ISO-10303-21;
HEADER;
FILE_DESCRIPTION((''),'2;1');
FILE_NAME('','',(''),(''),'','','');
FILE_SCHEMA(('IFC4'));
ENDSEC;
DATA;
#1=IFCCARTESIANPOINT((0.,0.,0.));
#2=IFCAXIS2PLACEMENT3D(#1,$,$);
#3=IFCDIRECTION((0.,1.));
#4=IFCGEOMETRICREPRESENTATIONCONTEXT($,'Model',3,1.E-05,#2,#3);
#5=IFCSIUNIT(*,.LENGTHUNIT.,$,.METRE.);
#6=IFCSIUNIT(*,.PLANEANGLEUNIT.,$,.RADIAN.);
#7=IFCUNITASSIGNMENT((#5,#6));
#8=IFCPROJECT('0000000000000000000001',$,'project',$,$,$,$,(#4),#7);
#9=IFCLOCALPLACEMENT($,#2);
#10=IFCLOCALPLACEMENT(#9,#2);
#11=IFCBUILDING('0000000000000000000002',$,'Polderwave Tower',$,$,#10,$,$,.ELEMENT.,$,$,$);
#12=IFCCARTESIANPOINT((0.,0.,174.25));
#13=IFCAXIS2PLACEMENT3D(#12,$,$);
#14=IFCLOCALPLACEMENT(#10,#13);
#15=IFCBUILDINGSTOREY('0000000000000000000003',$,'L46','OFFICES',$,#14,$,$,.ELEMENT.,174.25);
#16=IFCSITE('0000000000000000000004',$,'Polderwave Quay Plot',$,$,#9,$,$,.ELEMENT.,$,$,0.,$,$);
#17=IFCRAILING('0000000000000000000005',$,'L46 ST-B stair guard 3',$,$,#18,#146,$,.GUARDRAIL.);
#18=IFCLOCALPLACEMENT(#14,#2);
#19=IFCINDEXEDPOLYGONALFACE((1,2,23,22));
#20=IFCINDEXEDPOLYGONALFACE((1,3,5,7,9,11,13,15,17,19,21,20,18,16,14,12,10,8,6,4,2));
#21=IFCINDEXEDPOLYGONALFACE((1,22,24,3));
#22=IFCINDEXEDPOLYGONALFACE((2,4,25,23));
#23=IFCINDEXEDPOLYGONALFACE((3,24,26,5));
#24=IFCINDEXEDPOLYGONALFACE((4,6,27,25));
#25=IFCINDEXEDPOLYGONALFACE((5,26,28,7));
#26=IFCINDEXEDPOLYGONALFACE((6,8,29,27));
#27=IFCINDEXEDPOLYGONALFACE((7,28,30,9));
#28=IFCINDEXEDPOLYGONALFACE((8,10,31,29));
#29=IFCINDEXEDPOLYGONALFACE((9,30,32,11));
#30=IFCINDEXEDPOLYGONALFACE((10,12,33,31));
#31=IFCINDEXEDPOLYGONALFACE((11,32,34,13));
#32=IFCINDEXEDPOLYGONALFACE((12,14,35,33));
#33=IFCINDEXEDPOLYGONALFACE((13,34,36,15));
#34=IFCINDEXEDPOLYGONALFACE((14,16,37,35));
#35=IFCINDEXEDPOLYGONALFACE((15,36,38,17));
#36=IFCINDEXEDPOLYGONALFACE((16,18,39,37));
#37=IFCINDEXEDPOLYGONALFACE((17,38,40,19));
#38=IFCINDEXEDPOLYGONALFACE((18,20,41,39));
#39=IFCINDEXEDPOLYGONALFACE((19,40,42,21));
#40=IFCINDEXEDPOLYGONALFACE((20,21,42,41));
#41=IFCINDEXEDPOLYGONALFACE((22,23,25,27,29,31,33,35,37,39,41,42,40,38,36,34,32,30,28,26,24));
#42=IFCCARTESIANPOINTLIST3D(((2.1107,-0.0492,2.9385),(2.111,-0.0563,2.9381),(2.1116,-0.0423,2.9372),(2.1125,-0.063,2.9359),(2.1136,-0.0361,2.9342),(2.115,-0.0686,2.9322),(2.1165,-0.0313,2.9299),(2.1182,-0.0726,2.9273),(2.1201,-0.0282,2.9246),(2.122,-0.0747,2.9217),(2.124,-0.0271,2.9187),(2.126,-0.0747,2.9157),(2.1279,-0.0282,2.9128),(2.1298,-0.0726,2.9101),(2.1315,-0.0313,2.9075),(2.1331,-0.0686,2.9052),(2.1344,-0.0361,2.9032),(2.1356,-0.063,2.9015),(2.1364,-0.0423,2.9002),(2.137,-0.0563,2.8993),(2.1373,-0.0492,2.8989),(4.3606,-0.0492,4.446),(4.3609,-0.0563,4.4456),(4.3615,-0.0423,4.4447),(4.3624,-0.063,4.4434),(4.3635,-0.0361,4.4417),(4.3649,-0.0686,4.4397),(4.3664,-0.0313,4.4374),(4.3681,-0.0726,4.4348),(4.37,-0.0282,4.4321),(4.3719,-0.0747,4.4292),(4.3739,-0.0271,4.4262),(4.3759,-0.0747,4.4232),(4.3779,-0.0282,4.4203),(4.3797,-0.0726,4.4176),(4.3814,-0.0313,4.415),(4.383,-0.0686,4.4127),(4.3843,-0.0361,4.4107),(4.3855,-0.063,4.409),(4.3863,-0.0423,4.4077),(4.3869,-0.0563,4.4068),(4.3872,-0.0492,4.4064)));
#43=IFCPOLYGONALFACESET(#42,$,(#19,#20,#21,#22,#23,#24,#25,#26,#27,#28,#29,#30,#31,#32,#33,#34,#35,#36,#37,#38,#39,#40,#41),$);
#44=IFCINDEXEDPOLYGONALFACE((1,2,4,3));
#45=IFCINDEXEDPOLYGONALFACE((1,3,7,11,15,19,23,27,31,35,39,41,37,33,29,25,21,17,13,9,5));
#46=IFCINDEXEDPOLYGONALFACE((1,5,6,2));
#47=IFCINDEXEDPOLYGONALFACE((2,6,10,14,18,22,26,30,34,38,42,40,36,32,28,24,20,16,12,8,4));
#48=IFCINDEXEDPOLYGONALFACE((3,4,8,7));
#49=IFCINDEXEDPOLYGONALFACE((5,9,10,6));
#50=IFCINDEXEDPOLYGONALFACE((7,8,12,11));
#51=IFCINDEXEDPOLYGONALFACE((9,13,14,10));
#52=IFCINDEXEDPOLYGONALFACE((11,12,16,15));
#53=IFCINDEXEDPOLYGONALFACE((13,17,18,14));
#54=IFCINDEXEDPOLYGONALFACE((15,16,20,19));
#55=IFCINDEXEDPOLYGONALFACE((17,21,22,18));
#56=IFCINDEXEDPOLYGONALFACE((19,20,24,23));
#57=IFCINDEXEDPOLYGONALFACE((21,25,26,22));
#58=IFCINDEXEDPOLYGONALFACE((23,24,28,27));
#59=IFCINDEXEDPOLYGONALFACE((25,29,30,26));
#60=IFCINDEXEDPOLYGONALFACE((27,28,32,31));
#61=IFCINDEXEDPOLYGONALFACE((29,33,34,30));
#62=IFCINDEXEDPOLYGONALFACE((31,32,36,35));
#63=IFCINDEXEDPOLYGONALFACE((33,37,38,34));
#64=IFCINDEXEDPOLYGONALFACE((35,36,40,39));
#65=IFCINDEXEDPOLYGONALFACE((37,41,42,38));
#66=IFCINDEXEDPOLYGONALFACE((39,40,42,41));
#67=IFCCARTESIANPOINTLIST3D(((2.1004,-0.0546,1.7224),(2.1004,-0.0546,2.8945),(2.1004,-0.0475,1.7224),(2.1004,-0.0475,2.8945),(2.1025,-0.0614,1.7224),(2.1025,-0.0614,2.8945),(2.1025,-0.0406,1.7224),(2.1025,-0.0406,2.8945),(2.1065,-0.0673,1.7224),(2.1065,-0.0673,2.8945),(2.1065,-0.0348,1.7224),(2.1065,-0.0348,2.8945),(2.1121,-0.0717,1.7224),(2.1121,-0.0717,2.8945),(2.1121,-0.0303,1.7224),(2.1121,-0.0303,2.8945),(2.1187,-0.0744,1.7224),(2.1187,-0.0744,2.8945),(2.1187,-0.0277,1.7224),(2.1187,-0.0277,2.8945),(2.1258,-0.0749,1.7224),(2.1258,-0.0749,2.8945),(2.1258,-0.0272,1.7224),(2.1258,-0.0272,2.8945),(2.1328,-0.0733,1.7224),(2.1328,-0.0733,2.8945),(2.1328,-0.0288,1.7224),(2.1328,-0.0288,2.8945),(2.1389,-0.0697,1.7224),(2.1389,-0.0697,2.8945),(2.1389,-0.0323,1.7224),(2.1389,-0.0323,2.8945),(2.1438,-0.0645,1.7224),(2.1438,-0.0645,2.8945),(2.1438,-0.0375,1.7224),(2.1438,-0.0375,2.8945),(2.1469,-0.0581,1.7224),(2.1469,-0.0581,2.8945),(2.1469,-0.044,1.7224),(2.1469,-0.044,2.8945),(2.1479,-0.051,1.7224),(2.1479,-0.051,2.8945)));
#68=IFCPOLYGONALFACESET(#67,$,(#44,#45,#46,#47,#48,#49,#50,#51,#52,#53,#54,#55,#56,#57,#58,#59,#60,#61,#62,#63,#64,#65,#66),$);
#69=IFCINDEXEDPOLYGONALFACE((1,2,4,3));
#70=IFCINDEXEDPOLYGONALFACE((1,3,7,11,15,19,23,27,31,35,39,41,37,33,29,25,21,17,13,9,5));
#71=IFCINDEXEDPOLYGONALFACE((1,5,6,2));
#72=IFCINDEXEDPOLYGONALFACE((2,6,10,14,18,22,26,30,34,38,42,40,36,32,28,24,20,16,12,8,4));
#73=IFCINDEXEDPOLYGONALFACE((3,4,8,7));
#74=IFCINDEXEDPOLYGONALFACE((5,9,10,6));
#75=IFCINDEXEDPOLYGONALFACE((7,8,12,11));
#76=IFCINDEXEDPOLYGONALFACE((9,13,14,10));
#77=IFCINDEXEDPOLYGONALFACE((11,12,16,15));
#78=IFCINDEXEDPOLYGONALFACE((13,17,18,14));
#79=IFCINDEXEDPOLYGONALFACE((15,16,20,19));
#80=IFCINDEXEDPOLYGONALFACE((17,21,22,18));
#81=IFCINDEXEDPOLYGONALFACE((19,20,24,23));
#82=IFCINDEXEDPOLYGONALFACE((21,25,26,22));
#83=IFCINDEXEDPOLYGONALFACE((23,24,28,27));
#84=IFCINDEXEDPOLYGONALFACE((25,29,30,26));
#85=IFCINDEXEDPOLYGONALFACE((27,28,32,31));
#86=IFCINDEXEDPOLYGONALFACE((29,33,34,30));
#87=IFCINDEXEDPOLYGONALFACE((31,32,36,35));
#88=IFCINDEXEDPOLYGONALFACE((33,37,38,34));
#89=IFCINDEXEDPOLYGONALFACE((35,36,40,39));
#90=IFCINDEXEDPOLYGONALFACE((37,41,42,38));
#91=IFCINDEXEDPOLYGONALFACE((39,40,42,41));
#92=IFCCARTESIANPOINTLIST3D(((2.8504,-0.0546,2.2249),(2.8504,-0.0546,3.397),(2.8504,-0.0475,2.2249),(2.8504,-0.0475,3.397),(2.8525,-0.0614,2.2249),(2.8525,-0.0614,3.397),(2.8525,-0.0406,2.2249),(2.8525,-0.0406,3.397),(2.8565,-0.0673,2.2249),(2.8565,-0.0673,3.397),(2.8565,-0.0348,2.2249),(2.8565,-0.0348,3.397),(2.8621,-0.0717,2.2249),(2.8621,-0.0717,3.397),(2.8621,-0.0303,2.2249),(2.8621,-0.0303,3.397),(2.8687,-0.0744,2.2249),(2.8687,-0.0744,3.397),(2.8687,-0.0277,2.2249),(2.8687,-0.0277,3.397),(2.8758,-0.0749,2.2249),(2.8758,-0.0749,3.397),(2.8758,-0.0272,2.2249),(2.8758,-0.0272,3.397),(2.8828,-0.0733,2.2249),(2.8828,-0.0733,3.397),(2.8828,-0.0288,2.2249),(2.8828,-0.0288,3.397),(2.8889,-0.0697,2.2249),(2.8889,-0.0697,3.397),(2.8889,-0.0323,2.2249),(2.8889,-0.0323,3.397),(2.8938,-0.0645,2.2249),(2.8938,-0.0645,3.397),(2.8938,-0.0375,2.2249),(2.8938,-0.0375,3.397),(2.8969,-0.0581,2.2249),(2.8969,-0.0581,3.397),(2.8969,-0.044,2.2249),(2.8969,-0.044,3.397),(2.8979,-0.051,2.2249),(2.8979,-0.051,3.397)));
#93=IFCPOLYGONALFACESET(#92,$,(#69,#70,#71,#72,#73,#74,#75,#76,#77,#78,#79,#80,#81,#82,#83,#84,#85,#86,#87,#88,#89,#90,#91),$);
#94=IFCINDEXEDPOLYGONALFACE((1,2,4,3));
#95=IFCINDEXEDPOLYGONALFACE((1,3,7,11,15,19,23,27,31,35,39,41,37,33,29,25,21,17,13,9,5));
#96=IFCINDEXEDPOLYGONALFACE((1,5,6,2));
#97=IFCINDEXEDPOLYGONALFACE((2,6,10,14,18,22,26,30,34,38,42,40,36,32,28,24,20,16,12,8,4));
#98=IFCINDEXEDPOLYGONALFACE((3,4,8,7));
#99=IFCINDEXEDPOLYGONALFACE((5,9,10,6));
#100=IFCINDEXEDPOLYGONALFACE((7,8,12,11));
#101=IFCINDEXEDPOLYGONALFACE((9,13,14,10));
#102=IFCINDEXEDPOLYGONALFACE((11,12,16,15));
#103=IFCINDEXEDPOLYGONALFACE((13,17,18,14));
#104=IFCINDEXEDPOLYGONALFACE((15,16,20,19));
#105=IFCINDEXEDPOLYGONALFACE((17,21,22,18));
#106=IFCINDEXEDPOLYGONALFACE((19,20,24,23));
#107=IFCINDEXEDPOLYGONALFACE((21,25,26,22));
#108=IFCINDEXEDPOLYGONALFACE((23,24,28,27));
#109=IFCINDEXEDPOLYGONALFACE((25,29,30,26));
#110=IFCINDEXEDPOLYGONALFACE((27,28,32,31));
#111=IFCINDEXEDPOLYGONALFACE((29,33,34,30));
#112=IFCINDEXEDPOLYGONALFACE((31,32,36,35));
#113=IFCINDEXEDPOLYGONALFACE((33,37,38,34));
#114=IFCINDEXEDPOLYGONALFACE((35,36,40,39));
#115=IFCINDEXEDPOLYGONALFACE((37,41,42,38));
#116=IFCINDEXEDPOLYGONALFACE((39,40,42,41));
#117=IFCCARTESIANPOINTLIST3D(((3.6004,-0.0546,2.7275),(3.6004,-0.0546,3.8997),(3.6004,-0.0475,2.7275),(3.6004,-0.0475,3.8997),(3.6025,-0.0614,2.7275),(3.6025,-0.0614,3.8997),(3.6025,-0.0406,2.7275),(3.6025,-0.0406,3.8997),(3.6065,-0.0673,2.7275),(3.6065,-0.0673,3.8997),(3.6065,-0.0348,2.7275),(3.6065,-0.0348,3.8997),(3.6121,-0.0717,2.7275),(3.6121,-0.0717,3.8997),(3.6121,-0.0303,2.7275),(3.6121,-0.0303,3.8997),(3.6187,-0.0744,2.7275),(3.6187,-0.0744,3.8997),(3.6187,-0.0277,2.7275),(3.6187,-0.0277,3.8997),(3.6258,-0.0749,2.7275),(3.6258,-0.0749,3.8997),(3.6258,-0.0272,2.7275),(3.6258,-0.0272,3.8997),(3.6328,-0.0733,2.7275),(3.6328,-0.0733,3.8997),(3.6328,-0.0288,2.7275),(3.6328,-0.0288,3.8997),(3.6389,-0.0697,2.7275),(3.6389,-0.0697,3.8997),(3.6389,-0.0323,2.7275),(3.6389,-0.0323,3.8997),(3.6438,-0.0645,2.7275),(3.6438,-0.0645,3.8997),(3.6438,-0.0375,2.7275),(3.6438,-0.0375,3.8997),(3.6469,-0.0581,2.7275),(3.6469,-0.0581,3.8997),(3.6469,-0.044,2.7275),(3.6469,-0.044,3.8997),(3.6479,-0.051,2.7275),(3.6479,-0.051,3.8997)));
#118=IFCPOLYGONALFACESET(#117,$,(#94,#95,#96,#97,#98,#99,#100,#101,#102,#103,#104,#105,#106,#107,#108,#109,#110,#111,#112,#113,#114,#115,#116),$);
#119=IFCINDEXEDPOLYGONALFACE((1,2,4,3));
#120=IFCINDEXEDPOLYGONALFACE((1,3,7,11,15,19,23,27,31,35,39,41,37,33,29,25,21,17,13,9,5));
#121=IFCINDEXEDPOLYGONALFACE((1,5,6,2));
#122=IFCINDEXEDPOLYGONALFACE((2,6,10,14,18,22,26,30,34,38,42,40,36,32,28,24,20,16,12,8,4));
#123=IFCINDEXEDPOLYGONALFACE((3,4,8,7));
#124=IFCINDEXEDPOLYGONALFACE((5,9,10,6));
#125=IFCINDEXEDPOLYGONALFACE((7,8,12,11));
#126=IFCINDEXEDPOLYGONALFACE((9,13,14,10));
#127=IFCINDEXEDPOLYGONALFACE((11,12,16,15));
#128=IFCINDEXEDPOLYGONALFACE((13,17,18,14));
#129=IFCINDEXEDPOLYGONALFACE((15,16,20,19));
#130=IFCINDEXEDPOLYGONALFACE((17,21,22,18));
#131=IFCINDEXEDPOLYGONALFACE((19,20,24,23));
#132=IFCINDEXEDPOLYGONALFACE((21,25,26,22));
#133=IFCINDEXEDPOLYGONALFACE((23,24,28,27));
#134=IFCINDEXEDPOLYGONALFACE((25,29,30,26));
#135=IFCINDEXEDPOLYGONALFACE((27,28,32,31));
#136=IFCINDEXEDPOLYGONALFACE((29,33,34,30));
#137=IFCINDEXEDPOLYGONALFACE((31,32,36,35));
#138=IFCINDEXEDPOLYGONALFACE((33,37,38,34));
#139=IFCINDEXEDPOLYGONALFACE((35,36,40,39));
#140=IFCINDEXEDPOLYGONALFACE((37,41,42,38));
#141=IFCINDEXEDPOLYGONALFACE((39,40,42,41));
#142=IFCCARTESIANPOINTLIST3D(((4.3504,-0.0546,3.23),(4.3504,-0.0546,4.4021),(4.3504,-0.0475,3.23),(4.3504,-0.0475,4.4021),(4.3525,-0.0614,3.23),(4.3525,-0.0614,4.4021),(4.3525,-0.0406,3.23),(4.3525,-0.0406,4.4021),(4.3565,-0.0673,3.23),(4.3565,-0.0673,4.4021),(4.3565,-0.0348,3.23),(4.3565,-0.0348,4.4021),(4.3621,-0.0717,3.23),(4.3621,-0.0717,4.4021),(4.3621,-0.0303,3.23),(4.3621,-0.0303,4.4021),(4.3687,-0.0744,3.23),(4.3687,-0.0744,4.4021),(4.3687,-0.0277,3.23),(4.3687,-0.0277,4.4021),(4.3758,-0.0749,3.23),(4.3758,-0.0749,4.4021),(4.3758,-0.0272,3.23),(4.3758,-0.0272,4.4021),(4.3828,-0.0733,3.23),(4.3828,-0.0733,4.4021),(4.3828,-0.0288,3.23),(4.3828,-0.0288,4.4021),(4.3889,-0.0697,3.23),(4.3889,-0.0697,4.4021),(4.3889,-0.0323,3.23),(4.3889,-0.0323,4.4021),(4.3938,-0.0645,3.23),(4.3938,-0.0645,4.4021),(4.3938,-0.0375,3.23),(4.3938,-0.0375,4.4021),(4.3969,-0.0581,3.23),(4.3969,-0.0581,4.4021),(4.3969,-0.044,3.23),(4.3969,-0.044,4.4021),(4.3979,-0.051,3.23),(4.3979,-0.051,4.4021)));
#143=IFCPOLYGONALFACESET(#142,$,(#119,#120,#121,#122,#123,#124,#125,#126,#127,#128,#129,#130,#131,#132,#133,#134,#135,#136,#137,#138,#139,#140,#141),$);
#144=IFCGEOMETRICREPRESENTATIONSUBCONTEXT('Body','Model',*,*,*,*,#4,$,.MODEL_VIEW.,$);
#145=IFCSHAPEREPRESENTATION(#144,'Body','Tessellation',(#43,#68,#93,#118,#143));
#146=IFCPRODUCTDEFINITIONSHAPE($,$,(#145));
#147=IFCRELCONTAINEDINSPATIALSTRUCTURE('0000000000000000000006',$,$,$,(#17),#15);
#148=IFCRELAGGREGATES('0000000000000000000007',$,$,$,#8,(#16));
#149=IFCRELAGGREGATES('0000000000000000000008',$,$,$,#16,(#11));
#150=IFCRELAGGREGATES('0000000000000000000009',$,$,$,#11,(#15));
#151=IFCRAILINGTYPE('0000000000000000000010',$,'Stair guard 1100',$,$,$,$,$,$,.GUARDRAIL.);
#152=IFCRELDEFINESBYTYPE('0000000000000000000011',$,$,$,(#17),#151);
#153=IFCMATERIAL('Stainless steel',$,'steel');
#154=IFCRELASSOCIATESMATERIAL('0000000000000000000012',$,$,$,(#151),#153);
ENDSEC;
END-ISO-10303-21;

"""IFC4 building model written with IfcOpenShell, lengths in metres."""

from ifc_helpers import new_model, si_unit, direction, frame, origin, origin_2d, place, context, subcontext, project, spatial, circle, extrude, material, type_object, element, save


model = new_model("IFC4")

# Units and contexts
model_context = context("Model", 3, precision=1e-05, world=origin(), true_north=direction((0.0, 1.0)))
body_context = subcontext(model_context, "Body", "Model", "MODEL_VIEW")
ifc_project = project(units=[si_unit("LENGTHUNIT", "METRE"), si_unit("PLANEANGLEUNIT", "RADIAN")], contexts=[model_context])

# Site, building, storey
site_placement = place(None, origin())
site = spatial("IfcSite", under=ifc_project, at=site_placement, Name="Polderwave Quay Plot", CompositionType="ELEMENT", RefElevation=0.0)
building_placement = place(site_placement, origin())
building = spatial("IfcBuilding", under=site, at=building_placement, Name="Polderwave Tower", CompositionType="ELEMENT")
storey_placement = place(building_placement, frame((0.0, 0.0, 174.25)))
storey = spatial("IfcBuildingStorey", under=building, at=storey_placement, Name="L46", Description="OFFICES", CompositionType="ELEMENT", Elevation=174.25)

# Railing
ifc_material_1 = material(Name="Stainless steel", Category="steel")
railing_type_1 = type_object("IfcRailingType", Name="Stair guard 1100", PredefinedType="GUARDRAIL", material=ifc_material_1)
railing_1_placement = place(storey_placement, frame((2.124, -0.051, 1.7224)))
element("IfcRailing", 1, at=railing_1_placement, inside=storey, type_object=railing_type_1, Name="L46 ST-B stair guard 3", PredefinedType="GUARDRAIL", context=body_context, shape_type="SweptSolid", body=[
    extrude(circle(Radius=0.0239, at=origin_2d()), frame((0.0, 0.0, 1.1963), z_axis=(0.830758, 0.0, 0.556633), x_axis=(0.0, 1.0, 0.0)), (0.0, 0.0, 1.0), 2.7083),
    extrude(circle(Radius=0.0239, at=origin_2d()), origin(), (0.0, 0.0, 1.0), 1.1721),
    extrude(circle(Radius=0.0239, at=origin_2d()), frame((0.75, 0.0, 0.5024)), (0.0, 0.0, 1.0), 1.1721),
    extrude(circle(Radius=0.0239, at=origin_2d()), frame((1.5, 0.0, 1.0051)), (0.0, 0.0, 1.0), 1.1721),
    extrude(circle(Radius=0.0239, at=origin_2d()), frame((2.25, 0.0, 1.5076)), (0.0, 0.0, 1.0), 1.1721),
])

save(model, "model.ifc")
